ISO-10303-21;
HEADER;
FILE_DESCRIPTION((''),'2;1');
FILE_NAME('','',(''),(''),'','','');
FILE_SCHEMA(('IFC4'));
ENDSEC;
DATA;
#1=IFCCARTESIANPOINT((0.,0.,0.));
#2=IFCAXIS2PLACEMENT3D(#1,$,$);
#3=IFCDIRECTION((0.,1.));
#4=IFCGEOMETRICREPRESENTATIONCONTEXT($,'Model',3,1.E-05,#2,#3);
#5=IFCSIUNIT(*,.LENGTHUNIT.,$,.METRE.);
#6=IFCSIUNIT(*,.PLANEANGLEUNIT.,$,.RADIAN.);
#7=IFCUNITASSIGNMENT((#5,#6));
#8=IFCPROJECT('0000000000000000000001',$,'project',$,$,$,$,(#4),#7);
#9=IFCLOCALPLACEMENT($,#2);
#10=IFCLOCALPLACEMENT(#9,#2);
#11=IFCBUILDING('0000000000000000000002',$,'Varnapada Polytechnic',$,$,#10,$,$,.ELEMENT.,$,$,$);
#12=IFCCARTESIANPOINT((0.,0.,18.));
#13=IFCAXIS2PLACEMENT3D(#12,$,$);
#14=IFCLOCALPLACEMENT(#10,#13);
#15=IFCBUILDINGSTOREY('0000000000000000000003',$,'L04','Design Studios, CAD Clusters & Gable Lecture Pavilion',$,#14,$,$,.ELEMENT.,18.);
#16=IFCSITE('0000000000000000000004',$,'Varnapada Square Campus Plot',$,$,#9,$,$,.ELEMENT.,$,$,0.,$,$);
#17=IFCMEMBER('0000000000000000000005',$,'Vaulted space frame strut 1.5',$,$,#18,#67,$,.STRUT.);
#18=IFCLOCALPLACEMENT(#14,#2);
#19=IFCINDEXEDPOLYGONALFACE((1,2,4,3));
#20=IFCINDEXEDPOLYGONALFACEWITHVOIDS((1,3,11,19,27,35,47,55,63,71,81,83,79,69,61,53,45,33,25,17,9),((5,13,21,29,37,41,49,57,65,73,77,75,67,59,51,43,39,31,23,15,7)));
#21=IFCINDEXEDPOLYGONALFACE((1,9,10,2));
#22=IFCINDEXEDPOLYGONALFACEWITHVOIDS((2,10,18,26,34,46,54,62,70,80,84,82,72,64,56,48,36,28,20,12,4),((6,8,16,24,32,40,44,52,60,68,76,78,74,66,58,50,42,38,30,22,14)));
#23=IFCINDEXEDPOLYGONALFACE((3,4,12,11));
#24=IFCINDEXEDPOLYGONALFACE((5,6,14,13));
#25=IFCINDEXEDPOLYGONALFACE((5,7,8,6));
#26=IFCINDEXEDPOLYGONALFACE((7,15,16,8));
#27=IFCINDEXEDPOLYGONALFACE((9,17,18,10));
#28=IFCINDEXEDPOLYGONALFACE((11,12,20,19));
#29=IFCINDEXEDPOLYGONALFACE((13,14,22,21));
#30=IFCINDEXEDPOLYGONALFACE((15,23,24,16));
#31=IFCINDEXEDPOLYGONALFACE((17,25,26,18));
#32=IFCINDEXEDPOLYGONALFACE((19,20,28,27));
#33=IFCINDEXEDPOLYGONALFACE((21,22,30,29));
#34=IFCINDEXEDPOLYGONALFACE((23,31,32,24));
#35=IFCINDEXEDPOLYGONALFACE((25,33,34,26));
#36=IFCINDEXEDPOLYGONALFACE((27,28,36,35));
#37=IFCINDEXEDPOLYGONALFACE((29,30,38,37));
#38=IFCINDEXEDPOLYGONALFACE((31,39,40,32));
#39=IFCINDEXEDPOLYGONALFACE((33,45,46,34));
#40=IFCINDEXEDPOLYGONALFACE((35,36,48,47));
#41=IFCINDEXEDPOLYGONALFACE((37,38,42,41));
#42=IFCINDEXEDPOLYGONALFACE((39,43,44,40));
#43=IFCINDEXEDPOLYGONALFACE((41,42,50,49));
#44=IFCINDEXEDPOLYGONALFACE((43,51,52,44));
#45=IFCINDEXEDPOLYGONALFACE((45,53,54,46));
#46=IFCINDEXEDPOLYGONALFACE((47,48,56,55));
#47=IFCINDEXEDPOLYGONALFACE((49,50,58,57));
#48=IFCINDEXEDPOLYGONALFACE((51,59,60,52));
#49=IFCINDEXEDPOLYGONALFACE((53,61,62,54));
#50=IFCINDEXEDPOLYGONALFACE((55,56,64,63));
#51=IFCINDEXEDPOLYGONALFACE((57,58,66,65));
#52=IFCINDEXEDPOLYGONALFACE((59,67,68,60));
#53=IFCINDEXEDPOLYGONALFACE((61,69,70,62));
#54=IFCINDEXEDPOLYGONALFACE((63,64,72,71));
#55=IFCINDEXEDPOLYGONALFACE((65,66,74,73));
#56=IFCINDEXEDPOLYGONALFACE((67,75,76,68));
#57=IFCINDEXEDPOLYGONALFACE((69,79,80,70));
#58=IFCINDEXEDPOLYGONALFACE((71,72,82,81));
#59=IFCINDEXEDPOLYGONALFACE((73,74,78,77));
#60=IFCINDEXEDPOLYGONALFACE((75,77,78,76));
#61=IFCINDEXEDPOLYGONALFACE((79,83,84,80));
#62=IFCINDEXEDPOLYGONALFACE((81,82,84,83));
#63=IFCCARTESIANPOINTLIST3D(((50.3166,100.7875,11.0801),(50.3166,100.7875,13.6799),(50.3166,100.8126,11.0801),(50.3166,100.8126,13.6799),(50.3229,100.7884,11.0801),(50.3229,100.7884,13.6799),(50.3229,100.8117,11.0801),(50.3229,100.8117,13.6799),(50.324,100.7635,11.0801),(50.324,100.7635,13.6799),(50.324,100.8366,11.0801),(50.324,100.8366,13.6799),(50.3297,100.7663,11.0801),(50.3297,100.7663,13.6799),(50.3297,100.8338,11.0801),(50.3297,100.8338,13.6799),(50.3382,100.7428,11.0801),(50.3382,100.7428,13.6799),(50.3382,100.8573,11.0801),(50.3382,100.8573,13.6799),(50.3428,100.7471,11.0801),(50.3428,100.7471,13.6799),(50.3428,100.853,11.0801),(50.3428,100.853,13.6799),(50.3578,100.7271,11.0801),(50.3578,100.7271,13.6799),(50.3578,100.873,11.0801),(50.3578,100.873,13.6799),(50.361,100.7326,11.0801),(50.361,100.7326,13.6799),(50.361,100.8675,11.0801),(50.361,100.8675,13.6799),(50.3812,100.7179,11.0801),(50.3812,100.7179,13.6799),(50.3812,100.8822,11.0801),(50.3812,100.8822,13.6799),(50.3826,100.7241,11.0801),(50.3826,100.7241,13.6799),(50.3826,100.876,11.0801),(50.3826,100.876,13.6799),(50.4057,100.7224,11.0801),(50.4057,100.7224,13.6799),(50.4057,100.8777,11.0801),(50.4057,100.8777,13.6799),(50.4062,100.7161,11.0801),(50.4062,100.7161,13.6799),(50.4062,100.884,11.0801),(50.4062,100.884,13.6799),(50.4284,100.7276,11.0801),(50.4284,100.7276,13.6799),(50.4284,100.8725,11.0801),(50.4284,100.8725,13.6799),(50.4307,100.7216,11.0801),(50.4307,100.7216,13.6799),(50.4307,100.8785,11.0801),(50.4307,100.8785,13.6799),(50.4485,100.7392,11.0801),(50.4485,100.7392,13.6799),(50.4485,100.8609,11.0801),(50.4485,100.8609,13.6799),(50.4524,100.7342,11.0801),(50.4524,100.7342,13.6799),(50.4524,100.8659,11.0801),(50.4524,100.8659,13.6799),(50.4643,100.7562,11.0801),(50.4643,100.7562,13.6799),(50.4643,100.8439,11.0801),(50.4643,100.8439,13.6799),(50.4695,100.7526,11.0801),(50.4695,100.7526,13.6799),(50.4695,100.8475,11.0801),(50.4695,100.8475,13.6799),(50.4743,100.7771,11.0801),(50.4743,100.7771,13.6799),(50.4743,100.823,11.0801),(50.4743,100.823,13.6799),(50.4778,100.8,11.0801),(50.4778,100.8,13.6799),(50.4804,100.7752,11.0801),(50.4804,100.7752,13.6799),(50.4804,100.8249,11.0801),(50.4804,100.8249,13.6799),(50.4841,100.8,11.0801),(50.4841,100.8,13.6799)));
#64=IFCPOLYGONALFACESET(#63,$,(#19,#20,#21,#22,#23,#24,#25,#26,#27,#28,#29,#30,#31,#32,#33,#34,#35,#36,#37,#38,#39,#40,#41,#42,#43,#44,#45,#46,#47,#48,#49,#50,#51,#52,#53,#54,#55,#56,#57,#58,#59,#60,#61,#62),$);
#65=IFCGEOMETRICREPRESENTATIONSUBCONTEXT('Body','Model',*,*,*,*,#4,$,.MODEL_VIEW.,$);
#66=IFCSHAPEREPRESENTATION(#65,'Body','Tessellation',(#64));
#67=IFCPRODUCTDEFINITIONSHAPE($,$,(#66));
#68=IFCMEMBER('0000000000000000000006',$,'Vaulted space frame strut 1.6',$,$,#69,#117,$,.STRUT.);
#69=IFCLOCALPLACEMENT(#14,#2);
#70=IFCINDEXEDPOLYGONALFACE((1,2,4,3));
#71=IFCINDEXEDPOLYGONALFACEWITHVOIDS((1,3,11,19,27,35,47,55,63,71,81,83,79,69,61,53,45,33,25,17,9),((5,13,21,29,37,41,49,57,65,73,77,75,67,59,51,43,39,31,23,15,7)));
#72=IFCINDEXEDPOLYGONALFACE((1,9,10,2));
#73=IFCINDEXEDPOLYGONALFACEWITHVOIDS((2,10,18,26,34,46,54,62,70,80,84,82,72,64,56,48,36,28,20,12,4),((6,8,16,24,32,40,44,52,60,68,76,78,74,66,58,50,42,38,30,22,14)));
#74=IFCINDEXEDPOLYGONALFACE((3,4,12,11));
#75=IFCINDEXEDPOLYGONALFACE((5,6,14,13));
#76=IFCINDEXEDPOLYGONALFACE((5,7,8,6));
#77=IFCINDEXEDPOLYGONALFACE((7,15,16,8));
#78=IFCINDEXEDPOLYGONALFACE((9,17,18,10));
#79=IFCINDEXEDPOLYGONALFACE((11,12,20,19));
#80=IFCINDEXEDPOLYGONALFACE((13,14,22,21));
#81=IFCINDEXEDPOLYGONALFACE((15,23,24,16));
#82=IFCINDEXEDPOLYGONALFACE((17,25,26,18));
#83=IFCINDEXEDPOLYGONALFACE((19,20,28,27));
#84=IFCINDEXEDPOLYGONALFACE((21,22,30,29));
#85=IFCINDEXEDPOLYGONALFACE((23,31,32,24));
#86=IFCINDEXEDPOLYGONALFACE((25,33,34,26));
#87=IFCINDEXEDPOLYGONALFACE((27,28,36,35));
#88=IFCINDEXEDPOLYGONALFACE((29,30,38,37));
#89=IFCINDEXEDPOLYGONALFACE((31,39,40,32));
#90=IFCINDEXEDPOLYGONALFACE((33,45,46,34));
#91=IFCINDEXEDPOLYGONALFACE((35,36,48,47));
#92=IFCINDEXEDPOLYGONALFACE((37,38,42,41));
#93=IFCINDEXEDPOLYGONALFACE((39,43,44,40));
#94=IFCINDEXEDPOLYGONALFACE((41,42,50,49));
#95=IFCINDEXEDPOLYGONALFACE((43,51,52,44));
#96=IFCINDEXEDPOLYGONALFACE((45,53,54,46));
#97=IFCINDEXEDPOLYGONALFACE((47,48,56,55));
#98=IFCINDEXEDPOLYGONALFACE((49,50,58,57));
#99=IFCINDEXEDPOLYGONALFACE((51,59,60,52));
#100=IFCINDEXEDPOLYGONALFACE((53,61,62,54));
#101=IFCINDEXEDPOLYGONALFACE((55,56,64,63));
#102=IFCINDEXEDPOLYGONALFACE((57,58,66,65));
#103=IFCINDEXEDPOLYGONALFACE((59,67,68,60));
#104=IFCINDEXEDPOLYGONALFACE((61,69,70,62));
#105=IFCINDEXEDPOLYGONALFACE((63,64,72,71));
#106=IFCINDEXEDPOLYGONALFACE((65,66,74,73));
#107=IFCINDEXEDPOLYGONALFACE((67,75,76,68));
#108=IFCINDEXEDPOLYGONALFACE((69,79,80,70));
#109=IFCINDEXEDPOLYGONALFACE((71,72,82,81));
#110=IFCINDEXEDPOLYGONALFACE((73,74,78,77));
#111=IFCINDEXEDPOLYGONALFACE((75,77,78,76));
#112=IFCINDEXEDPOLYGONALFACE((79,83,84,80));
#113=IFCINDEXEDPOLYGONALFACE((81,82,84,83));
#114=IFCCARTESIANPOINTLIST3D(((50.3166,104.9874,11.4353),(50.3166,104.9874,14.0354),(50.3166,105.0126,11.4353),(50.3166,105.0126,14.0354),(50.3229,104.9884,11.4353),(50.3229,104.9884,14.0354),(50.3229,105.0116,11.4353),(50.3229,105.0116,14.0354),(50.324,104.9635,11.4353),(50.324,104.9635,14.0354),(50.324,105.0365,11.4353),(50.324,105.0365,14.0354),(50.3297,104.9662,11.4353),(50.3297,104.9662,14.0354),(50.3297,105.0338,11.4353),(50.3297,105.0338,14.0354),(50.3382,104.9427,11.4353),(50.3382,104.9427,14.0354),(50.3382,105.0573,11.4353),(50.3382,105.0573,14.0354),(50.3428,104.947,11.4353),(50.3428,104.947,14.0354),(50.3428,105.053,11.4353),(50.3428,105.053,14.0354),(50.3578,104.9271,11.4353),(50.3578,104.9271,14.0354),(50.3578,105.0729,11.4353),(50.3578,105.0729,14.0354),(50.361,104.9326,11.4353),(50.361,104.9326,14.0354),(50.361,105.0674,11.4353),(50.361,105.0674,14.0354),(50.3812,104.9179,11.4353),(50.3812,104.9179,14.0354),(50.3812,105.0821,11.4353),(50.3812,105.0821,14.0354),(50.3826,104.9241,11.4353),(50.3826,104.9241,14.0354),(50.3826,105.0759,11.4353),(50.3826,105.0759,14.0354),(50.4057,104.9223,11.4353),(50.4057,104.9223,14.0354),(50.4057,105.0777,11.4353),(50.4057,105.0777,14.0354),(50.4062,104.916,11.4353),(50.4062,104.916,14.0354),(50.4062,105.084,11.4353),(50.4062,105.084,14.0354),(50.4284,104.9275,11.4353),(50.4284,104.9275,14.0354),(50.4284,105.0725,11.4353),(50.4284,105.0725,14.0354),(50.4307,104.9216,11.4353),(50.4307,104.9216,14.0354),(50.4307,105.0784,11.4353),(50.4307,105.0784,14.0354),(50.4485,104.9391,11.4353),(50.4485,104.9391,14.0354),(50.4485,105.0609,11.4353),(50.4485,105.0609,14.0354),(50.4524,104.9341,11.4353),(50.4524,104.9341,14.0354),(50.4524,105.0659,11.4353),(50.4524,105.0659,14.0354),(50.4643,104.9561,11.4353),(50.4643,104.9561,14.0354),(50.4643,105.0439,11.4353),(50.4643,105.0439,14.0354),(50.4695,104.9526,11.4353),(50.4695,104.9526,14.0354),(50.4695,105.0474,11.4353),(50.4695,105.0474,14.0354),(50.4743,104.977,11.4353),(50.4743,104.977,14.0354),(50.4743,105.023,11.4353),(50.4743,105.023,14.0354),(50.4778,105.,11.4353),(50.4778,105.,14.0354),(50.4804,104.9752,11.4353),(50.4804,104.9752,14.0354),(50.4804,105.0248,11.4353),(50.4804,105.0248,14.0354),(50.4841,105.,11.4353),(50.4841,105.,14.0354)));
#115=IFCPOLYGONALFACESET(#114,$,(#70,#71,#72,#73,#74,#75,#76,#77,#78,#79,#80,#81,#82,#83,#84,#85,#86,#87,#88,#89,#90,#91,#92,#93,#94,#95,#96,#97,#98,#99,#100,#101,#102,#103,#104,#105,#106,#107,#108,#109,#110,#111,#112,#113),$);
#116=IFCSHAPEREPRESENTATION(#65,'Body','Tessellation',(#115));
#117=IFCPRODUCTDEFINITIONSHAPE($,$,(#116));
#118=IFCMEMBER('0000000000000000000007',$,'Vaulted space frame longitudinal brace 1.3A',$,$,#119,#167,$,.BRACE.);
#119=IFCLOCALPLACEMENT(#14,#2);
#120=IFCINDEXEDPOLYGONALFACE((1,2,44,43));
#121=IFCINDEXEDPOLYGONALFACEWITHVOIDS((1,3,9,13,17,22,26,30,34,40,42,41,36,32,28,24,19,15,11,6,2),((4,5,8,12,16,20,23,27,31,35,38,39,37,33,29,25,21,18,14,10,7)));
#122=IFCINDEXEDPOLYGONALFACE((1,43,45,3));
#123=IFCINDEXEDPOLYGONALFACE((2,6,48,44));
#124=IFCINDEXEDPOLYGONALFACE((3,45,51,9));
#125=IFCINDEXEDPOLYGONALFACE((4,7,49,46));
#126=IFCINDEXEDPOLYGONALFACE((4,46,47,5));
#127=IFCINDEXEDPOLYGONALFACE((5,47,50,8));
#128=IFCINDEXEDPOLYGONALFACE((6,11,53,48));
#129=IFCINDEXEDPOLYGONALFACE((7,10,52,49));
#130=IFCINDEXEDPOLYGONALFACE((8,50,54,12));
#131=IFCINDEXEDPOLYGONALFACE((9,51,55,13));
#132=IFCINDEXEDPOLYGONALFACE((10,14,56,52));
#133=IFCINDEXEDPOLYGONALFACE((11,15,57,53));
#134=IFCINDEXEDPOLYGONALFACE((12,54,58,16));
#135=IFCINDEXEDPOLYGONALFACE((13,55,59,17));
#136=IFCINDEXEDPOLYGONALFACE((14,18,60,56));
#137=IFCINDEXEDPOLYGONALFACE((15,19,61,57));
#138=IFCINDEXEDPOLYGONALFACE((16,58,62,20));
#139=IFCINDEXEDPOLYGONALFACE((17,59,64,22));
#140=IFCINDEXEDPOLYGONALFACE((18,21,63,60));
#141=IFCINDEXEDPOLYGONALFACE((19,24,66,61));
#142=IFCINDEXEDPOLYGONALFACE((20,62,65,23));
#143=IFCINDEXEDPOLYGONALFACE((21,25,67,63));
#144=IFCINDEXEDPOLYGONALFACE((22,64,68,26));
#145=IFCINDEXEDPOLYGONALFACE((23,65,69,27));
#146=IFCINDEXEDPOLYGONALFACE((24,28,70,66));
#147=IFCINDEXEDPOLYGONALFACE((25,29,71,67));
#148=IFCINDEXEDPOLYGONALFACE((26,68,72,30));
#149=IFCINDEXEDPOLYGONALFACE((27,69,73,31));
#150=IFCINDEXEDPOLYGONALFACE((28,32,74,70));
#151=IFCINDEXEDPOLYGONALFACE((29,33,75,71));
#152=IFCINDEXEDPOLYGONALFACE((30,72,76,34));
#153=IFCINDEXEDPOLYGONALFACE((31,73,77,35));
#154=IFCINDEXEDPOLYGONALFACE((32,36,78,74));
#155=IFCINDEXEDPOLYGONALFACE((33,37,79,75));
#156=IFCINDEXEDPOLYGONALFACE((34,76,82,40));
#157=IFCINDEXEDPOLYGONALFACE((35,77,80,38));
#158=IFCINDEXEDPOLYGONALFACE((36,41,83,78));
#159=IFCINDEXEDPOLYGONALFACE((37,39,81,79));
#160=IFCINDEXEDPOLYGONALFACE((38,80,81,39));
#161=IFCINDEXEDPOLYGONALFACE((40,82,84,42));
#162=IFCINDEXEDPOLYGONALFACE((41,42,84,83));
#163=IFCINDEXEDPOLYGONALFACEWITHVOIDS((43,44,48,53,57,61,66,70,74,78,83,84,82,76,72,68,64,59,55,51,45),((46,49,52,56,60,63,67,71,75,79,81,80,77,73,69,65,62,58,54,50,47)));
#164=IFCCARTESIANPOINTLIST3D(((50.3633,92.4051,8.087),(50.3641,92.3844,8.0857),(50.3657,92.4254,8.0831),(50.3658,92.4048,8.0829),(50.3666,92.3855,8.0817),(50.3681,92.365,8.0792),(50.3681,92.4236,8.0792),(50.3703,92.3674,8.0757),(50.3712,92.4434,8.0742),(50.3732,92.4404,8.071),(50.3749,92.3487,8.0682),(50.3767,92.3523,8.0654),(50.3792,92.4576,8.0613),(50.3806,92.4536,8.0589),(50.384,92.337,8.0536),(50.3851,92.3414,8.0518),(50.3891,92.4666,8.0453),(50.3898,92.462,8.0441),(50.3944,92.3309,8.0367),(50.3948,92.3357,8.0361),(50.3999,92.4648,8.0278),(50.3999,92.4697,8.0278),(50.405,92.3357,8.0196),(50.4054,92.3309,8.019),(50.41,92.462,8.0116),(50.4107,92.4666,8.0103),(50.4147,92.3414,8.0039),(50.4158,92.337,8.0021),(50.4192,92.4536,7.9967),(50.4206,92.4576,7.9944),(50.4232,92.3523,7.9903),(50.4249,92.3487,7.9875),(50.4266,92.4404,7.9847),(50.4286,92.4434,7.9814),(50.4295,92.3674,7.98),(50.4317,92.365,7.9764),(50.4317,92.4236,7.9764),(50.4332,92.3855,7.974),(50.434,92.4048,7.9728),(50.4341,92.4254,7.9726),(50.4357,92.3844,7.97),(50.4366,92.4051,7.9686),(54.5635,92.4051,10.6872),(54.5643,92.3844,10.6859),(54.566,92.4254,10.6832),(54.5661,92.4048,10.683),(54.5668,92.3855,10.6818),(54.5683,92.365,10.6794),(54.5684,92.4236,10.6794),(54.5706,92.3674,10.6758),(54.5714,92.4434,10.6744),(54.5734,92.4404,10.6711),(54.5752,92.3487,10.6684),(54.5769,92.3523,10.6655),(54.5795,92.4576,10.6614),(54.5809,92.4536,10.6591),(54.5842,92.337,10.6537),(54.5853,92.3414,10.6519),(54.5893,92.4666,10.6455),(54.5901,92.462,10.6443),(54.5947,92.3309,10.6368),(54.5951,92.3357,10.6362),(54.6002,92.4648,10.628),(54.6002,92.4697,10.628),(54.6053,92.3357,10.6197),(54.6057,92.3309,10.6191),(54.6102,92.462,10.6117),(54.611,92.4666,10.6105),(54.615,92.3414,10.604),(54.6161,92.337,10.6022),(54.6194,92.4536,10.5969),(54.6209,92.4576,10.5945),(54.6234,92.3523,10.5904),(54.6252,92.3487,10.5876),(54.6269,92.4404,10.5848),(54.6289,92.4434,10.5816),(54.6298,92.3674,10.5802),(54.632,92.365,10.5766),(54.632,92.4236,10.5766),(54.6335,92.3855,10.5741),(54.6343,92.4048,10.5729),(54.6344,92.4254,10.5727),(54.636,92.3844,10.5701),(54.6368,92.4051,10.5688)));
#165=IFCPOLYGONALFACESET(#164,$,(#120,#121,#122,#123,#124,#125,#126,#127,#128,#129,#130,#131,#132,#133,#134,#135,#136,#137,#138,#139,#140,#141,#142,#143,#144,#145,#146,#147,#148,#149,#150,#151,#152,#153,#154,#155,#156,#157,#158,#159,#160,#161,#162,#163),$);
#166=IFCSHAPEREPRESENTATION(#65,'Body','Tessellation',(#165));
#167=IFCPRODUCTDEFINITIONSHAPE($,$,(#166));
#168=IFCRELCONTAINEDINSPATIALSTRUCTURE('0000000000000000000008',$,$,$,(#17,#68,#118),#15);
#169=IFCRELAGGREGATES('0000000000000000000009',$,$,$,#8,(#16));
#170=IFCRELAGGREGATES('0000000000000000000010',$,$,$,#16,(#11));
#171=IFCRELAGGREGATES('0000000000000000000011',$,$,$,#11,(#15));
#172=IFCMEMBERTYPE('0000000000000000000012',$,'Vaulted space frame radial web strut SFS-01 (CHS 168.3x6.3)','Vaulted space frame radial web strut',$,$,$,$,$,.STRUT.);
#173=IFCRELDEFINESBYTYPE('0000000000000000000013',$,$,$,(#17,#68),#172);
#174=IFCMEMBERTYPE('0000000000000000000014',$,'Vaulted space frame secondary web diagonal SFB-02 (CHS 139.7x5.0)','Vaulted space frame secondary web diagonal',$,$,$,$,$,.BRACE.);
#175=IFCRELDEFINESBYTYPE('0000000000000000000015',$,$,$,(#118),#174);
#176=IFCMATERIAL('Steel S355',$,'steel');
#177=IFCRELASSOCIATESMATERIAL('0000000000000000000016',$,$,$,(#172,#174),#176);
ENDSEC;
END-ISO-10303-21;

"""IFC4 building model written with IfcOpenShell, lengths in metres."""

from ifc_helpers import new_model, si_unit, direction, frame, origin, origin_2d, place, context, subcontext, project, spatial, hollow_circle, extrude, material, material_profile, profile_set, type_object, element, save


model = new_model("IFC4")

# Units and contexts
model_context = context("Model", 3, precision=1e-05, world=origin(), true_north=direction((0.0, 1.0)))
body_context = subcontext(model_context, "Body", "Model", "MODEL_VIEW")
ifc_project = project(units=[si_unit("LENGTHUNIT", "METRE"), si_unit("PLANEANGLEUNIT", "RADIAN")], contexts=[model_context])

# Site, building, storey
site_placement = place(None, origin())
site = spatial("IfcSite", under=ifc_project, at=site_placement, Name="Varnapada Square Campus Plot", CompositionType="ELEMENT", RefElevation=0.0)
building_placement = place(site_placement, origin())
building = spatial("IfcBuilding", under=site, at=building_placement, Name="Varnapada Polytechnic", CompositionType="ELEMENT")
storey_placement = place(building_placement, frame((0.0, 0.0, 18.0)))
storey = spatial("IfcBuildingStorey", under=building, at=storey_placement, Name="L04", Description="Design Studios, CAD Clusters & Gable Lecture Pavilion", CompositionType="ELEMENT", Elevation=18.0)

# Shared definitions
ifc_material = material(Name="Steel S355", Category="steel")

# Members
ifc_material_profile_1 = material_profile(ifc_material, hollow_circle(Radius=0.0842, WallThickness=0.0063, at=origin_2d()), Name="CHS 168.3x6.3")
ifc_profile_set_1 = profile_set([ifc_material_profile_1], Name="Steel S355")
member_type_1 = type_object("IfcMemberType", Name="Vaulted space frame radial web strut SFS-01 (CHS 168.3x6.3)", Description="Vaulted space frame radial web strut", PredefinedType="STRUT", material=ifc_profile_set_1)
for number, where, z_axis, x_axis, name in (
    (1, (50.3999, 100.8, 11.0801), (0.0, 0.0, 1.0), (1.0, 0.0, 0.0), "Vaulted space frame strut 1.5"),
):
    element("IfcMember", number, at=place(storey_placement, frame(where, z_axis=z_axis, x_axis=x_axis)), inside=storey, type_object=member_type_1, Name=name, PredefinedType="STRUT", context=body_context, shape_type="SweptSolid", body=[
        extrude(hollow_circle(Radius=0.0842, WallThickness=0.0063, at=origin_2d()), origin(), (0.0, 0.0, 1.0), 2.5999),
    ])
member_1_placement = place(storey_placement, frame((50.3999, 105.0, 11.4353), z_axis=(0.0, 0.0, 1.0), x_axis=(1.0, 0.0, 0.0)))
element("IfcMember", 2, at=member_1_placement, inside=storey, type_object=member_type_1, Name="Vaulted space frame strut 1.6", PredefinedType="STRUT", context=body_context, shape_type="SweptSolid", body=[
    extrude(hollow_circle(Radius=0.0842, WallThickness=0.0063, at=origin_2d()), origin(), (0.0, 0.0, 1.0), 2.6001),
])
ifc_material_profile_2 = material_profile(ifc_material, hollow_circle(Radius=0.0698, WallThickness=0.0049, at=origin_2d()), Name="CHS 139.7x5.0")
ifc_profile_set_2 = profile_set([ifc_material_profile_2], Name="Steel S355")
member_type_2 = type_object("IfcMemberType", Name="Vaulted space frame secondary web diagonal SFB-02 (CHS 139.7x5.0)", Description="Vaulted space frame secondary web diagonal", PredefinedType="BRACE", material=ifc_profile_set_2)
member_2_placement = place(storey_placement, frame((50.3999, 92.3999, 8.0278), z_axis=(0.850267, 0.0, 0.526351), x_axis=(0.0, 1.0, 0.0)))
element("IfcMember", 3, at=member_2_placement, inside=storey, type_object=member_type_2, Name="Vaulted space frame longitudinal brace 1.3A", PredefinedType="BRACE", context=body_context, shape_type="SweptSolid", body=[
    extrude(hollow_circle(Radius=0.0698, WallThickness=0.0049, at=origin_2d()), origin(), (0.0, 0.0, 1.0), 4.9399),
])

save(model, "model.ifc")
